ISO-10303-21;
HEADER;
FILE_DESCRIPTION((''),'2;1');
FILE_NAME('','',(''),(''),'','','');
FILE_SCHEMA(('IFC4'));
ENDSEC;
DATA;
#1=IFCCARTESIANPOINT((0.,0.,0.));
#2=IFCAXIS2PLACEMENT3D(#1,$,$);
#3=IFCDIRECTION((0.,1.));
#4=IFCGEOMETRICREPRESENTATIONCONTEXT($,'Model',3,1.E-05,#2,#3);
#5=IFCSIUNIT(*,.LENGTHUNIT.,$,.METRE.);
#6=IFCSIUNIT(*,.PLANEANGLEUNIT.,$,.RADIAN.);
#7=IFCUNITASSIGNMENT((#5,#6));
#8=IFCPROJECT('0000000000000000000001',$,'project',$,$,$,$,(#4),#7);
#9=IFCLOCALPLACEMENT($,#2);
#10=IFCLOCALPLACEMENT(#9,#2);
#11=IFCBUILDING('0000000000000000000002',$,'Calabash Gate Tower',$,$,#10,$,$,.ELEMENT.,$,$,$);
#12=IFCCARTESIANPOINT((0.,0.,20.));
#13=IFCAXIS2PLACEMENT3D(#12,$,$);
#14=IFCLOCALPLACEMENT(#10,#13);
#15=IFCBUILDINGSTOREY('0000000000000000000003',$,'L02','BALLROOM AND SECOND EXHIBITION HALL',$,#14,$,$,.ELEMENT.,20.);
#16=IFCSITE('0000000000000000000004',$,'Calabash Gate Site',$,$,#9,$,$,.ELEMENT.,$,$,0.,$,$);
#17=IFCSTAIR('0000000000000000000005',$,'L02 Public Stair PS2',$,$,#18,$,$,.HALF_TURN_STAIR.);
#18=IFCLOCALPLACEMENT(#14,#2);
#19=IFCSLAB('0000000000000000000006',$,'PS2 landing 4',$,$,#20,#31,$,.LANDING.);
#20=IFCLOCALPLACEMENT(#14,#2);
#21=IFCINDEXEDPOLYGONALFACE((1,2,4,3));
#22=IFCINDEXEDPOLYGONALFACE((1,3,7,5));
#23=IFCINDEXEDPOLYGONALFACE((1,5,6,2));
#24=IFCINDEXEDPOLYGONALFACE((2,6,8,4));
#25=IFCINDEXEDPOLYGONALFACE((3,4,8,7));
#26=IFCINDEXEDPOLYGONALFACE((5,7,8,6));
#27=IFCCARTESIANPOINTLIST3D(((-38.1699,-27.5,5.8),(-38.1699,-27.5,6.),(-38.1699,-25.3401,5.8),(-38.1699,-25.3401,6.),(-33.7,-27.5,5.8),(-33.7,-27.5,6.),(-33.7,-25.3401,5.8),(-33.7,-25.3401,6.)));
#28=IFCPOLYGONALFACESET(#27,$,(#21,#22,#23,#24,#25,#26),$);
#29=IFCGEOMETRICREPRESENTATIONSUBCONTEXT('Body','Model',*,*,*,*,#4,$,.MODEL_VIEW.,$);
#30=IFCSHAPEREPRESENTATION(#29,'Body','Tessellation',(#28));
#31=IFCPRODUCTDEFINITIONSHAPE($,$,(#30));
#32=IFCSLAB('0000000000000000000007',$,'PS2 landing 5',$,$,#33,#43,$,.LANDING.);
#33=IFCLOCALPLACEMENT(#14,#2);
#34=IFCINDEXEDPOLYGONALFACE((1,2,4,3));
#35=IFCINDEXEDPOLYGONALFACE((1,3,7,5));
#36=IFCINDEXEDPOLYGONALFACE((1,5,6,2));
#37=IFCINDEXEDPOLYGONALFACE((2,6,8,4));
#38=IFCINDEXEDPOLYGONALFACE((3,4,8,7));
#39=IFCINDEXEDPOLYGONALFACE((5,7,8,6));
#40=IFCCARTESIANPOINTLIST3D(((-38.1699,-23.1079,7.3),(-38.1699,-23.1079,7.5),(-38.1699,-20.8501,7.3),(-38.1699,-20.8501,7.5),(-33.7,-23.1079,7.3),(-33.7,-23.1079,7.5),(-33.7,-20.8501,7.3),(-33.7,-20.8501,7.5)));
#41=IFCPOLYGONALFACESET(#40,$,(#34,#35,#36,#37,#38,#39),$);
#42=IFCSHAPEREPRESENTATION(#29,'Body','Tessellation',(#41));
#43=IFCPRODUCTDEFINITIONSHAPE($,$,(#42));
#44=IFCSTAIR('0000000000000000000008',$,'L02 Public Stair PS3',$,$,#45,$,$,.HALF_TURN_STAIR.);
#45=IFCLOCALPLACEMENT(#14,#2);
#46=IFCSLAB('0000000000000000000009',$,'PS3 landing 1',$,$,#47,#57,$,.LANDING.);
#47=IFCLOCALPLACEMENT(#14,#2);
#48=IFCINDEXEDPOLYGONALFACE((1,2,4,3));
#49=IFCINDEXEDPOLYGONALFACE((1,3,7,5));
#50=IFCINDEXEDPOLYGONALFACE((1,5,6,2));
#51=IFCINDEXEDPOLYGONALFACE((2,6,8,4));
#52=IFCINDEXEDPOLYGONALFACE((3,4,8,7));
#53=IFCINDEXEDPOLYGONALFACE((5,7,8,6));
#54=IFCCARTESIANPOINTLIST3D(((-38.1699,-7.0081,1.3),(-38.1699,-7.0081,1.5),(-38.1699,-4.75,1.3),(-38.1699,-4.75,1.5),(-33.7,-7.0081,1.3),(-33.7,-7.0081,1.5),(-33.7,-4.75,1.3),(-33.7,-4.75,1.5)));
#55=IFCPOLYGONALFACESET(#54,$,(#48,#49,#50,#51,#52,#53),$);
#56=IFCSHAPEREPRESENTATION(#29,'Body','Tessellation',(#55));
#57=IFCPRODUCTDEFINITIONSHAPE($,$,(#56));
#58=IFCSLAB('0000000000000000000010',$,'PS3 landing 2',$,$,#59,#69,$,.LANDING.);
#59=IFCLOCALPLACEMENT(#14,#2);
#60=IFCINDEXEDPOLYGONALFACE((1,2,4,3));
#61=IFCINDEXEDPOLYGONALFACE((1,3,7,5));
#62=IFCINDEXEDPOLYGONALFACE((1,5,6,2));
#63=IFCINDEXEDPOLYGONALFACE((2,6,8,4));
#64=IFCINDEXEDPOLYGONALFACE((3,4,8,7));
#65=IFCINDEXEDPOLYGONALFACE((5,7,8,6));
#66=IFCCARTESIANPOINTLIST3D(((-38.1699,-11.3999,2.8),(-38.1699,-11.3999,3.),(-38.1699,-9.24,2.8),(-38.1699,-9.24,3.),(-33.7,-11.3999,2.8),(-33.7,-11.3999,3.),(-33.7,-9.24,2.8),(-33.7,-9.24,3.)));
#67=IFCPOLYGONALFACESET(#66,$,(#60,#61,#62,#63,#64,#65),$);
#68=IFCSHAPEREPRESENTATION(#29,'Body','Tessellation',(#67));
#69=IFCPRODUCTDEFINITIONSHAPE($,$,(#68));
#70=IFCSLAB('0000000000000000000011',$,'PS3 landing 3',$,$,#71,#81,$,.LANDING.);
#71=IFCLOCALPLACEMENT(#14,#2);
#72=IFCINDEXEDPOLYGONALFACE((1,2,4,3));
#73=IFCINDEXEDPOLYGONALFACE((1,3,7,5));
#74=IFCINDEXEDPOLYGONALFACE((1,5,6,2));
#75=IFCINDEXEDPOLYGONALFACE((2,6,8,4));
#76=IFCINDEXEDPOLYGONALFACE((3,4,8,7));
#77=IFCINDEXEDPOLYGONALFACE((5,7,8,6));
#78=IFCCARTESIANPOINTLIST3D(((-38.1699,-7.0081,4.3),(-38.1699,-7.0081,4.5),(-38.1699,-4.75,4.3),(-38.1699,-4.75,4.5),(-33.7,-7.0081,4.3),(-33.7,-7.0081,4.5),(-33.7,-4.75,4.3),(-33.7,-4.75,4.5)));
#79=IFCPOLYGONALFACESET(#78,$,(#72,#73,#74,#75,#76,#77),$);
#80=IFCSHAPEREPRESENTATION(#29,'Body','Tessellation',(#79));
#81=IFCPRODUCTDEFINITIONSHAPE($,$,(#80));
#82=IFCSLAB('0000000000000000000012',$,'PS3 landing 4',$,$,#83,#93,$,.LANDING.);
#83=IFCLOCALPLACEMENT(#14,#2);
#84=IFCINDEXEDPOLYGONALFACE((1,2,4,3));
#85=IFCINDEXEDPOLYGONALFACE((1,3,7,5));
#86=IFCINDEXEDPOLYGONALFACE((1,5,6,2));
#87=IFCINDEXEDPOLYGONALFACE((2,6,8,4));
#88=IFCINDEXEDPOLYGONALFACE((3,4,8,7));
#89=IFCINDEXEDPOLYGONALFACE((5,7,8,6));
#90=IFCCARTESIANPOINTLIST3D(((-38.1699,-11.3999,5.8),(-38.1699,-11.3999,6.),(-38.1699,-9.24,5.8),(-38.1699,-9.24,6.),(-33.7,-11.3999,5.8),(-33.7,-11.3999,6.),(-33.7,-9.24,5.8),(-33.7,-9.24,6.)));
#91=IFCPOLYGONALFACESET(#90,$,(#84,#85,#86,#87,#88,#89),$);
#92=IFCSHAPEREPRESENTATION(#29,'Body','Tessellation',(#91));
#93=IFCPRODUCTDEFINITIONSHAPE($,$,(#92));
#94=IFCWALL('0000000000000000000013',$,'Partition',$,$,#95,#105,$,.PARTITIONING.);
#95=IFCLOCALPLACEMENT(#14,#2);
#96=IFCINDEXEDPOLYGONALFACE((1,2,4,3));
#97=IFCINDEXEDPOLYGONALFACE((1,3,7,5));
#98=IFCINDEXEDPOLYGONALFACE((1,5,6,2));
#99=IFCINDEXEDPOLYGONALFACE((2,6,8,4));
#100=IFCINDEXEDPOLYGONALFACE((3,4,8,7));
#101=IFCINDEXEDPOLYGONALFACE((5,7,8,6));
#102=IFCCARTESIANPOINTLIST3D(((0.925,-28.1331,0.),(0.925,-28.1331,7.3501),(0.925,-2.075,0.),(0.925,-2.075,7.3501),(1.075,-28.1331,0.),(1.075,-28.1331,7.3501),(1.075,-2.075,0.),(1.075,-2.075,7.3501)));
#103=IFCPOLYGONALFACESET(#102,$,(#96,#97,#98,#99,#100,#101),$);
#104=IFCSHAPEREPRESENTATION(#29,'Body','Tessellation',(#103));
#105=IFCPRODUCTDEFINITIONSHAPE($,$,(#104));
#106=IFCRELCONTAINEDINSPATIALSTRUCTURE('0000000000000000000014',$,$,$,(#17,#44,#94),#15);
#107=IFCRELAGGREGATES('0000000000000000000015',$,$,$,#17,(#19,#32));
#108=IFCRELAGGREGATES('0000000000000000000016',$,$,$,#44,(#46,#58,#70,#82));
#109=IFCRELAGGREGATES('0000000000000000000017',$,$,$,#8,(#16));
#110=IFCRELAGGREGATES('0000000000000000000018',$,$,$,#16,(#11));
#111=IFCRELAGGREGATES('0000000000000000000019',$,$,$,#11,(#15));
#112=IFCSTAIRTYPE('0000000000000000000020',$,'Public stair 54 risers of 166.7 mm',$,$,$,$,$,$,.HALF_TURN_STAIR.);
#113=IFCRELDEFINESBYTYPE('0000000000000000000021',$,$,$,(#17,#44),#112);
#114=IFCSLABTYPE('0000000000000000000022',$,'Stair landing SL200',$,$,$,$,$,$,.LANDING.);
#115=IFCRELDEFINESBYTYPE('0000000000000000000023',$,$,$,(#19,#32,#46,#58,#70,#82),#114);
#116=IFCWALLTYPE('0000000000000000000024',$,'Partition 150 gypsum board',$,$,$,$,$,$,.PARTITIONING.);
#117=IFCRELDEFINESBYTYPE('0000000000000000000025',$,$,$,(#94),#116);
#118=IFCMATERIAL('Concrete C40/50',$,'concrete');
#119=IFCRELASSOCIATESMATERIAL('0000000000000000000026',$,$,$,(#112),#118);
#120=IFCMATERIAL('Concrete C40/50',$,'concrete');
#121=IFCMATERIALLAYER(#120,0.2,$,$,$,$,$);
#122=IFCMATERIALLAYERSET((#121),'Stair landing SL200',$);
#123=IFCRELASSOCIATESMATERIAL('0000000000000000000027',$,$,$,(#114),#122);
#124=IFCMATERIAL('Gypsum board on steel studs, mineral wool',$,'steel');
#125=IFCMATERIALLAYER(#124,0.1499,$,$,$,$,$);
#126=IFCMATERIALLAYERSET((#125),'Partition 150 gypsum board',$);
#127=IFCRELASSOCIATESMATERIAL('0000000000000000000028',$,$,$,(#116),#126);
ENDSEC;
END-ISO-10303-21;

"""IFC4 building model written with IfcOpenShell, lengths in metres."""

from ifc_helpers import new_model, si_unit, direction, frame, frame_2d, origin, place, context, subcontext, project, spatial, polyline, rectangle, outline, extrude, material, layer, layer_set, type_object, element, aggregate, save


model = new_model("IFC4")

# Units and contexts
model_context = context("Model", 3, precision=1e-05, world=origin(), true_north=direction((0.0, 1.0)))
body_context = subcontext(model_context, "Body", "Model", "MODEL_VIEW")
ifc_project = project(units=[si_unit("LENGTHUNIT", "METRE"), si_unit("PLANEANGLEUNIT", "RADIAN")], contexts=[model_context])

# Site, building, storey
site_placement = place(None, origin())
site = spatial("IfcSite", under=ifc_project, at=site_placement, Name="Calabash Gate Site", CompositionType="ELEMENT", RefElevation=0.0)
building_placement = place(site_placement, origin())
building = spatial("IfcBuilding", under=site, at=building_placement, Name="Calabash Gate Tower", CompositionType="ELEMENT")
storey_placement = place(building_placement, frame((0.0, 0.0, 20.0)))
storey = spatial("IfcBuildingStorey", under=building, at=storey_placement, Name="L02", Description="BALLROOM AND SECOND EXHIBITION HALL", CompositionType="ELEMENT", Elevation=20.0)

# Stairs, slabs
ifc_material_1 = material(Name="Concrete C40/50", Category="concrete")
stair_type = type_object("IfcStairType", Name="Public stair 54 risers of 166.7 mm", PredefinedType="HALF_TURN_STAIR", material=ifc_material_1)
stair_1_placement = place(storey_placement, origin())
stair_1 = element("IfcStair", 1, at=stair_1_placement, inside=storey, type_object=stair_type, Name="L02 Public Stair PS2", PredefinedType="HALF_TURN_STAIR")
ifc_material_2 = material(Name="Concrete C40/50", Category="concrete")
ifc_layer_1 = layer(ifc_material_2, 0.2)
ifc_layer_set_1 = layer_set([ifc_layer_1], Name="Stair landing SL200")
slab_type = type_object("IfcSlabType", Name="Stair landing SL200", PredefinedType="LANDING", material=ifc_layer_set_1)
slab_1_placement = place(storey_placement, frame((0.0, 0.0, 5.8)))
slab_1 = element("IfcSlab", 2, at=slab_1_placement, type_object=slab_type, Name="PS2 landing 4", PredefinedType="LANDING", context=body_context, shape_type="SweptSolid", body=[
    extrude(outline(polyline([(-33.7, -27.5), (-33.7, -25.3401), (-38.1699, -25.3401), (-38.1699, -27.5), (-33.7, -27.5)])), origin(), (0.0, 0.0, 1.0), 0.2),
])
slab_2_placement = place(storey_placement, frame((0.0, 0.0, 7.3)))
slab_2 = element("IfcSlab", 3, at=slab_2_placement, type_object=slab_type, Name="PS2 landing 5", PredefinedType="LANDING", context=body_context, shape_type="SweptSolid", body=[
    extrude(outline(polyline([(-33.7, -23.1079), (-33.7, -20.8501), (-38.1699, -20.8501), (-38.1699, -23.1079), (-33.7, -23.1079)])), origin(), (0.0, 0.0, 1.0), 0.2),
])
aggregate(stair_1, [slab_1, slab_2])
stair_2_placement = place(storey_placement, origin())
stair_2 = element("IfcStair", 4, at=stair_2_placement, inside=storey, type_object=stair_type, Name="L02 Public Stair PS3", PredefinedType="HALF_TURN_STAIR")
slab_3_placement = place(storey_placement, frame((0.0, 0.0, 1.3)))
slab_3 = element("IfcSlab", 5, at=slab_3_placement, type_object=slab_type, Name="PS3 landing 1", PredefinedType="LANDING", context=body_context, shape_type="SweptSolid", body=[
    extrude(outline(polyline([(-33.7, -7.0081), (-33.7, -4.75), (-38.1699, -4.75), (-38.1699, -7.0081), (-33.7, -7.0081)])), origin(), (0.0, 0.0, 1.0), 0.2),
])
slab_4_placement = place(storey_placement, frame((0.0, 0.0, 2.8)))
slab_4 = element("IfcSlab", 6, at=slab_4_placement, type_object=slab_type, Name="PS3 landing 2", PredefinedType="LANDING", context=body_context, shape_type="SweptSolid", body=[
    extrude(outline(polyline([(-33.7, -11.3999), (-33.7, -9.24), (-38.1699, -9.24), (-38.1699, -11.3999), (-33.7, -11.3999)])), origin(), (0.0, 0.0, 1.0), 0.2),
])
slab_5_placement = place(storey_placement, frame((0.0, 0.0, 4.3)))
slab_5 = element("IfcSlab", 7, at=slab_5_placement, type_object=slab_type, Name="PS3 landing 3", PredefinedType="LANDING", context=body_context, shape_type="SweptSolid", body=[
    extrude(outline(polyline([(-33.7, -7.0081), (-33.7, -4.75), (-38.1699, -4.75), (-38.1699, -7.0081), (-33.7, -7.0081)])), origin(), (0.0, 0.0, 1.0), 0.2),
])
slab_6_placement = place(storey_placement, frame((0.0, 0.0, 5.8)))
slab_6 = element("IfcSlab", 8, at=slab_6_placement, type_object=slab_type, Name="PS3 landing 4", PredefinedType="LANDING", context=body_context, shape_type="SweptSolid", body=[
    extrude(outline(polyline([(-33.7, -11.3999), (-33.7, -9.24), (-38.1699, -9.24), (-38.1699, -11.3999), (-33.7, -11.3999)])), origin(), (0.0, 0.0, 1.0), 0.2),
])
aggregate(stair_2, [slab_3, slab_4, slab_5, slab_6])

# Wall
ifc_material_3 = material(Name="Gypsum board on steel studs, mineral wool", Category="steel")
ifc_layer_2 = layer(ifc_material_3, 0.1499)
ifc_layer_set_2 = layer_set([ifc_layer_2], Name="Partition 150 gypsum board")
wall_type = type_object("IfcWallType", Name="Partition 150 gypsum board", PredefinedType="PARTITIONING", material=ifc_layer_set_2)
wall_placement = place(storey_placement, frame((1.0, -28.1331, 0.0), z_axis=(0.0, 0.0, 1.0), x_axis=(0.0, 1.0, 0.0)))
element("IfcWall", 9, at=wall_placement, inside=storey, type_object=wall_type, Name="Partition", PredefinedType="PARTITIONING", context=body_context, shape_type="SweptSolid", body=[
    extrude(rectangle(XDim=26.0581, YDim=0.1499, at=frame_2d((13.0291, 0.0))), origin(), (0.0, 0.0, 1.0), 7.3501),
])

save(model, "model.ifc")
